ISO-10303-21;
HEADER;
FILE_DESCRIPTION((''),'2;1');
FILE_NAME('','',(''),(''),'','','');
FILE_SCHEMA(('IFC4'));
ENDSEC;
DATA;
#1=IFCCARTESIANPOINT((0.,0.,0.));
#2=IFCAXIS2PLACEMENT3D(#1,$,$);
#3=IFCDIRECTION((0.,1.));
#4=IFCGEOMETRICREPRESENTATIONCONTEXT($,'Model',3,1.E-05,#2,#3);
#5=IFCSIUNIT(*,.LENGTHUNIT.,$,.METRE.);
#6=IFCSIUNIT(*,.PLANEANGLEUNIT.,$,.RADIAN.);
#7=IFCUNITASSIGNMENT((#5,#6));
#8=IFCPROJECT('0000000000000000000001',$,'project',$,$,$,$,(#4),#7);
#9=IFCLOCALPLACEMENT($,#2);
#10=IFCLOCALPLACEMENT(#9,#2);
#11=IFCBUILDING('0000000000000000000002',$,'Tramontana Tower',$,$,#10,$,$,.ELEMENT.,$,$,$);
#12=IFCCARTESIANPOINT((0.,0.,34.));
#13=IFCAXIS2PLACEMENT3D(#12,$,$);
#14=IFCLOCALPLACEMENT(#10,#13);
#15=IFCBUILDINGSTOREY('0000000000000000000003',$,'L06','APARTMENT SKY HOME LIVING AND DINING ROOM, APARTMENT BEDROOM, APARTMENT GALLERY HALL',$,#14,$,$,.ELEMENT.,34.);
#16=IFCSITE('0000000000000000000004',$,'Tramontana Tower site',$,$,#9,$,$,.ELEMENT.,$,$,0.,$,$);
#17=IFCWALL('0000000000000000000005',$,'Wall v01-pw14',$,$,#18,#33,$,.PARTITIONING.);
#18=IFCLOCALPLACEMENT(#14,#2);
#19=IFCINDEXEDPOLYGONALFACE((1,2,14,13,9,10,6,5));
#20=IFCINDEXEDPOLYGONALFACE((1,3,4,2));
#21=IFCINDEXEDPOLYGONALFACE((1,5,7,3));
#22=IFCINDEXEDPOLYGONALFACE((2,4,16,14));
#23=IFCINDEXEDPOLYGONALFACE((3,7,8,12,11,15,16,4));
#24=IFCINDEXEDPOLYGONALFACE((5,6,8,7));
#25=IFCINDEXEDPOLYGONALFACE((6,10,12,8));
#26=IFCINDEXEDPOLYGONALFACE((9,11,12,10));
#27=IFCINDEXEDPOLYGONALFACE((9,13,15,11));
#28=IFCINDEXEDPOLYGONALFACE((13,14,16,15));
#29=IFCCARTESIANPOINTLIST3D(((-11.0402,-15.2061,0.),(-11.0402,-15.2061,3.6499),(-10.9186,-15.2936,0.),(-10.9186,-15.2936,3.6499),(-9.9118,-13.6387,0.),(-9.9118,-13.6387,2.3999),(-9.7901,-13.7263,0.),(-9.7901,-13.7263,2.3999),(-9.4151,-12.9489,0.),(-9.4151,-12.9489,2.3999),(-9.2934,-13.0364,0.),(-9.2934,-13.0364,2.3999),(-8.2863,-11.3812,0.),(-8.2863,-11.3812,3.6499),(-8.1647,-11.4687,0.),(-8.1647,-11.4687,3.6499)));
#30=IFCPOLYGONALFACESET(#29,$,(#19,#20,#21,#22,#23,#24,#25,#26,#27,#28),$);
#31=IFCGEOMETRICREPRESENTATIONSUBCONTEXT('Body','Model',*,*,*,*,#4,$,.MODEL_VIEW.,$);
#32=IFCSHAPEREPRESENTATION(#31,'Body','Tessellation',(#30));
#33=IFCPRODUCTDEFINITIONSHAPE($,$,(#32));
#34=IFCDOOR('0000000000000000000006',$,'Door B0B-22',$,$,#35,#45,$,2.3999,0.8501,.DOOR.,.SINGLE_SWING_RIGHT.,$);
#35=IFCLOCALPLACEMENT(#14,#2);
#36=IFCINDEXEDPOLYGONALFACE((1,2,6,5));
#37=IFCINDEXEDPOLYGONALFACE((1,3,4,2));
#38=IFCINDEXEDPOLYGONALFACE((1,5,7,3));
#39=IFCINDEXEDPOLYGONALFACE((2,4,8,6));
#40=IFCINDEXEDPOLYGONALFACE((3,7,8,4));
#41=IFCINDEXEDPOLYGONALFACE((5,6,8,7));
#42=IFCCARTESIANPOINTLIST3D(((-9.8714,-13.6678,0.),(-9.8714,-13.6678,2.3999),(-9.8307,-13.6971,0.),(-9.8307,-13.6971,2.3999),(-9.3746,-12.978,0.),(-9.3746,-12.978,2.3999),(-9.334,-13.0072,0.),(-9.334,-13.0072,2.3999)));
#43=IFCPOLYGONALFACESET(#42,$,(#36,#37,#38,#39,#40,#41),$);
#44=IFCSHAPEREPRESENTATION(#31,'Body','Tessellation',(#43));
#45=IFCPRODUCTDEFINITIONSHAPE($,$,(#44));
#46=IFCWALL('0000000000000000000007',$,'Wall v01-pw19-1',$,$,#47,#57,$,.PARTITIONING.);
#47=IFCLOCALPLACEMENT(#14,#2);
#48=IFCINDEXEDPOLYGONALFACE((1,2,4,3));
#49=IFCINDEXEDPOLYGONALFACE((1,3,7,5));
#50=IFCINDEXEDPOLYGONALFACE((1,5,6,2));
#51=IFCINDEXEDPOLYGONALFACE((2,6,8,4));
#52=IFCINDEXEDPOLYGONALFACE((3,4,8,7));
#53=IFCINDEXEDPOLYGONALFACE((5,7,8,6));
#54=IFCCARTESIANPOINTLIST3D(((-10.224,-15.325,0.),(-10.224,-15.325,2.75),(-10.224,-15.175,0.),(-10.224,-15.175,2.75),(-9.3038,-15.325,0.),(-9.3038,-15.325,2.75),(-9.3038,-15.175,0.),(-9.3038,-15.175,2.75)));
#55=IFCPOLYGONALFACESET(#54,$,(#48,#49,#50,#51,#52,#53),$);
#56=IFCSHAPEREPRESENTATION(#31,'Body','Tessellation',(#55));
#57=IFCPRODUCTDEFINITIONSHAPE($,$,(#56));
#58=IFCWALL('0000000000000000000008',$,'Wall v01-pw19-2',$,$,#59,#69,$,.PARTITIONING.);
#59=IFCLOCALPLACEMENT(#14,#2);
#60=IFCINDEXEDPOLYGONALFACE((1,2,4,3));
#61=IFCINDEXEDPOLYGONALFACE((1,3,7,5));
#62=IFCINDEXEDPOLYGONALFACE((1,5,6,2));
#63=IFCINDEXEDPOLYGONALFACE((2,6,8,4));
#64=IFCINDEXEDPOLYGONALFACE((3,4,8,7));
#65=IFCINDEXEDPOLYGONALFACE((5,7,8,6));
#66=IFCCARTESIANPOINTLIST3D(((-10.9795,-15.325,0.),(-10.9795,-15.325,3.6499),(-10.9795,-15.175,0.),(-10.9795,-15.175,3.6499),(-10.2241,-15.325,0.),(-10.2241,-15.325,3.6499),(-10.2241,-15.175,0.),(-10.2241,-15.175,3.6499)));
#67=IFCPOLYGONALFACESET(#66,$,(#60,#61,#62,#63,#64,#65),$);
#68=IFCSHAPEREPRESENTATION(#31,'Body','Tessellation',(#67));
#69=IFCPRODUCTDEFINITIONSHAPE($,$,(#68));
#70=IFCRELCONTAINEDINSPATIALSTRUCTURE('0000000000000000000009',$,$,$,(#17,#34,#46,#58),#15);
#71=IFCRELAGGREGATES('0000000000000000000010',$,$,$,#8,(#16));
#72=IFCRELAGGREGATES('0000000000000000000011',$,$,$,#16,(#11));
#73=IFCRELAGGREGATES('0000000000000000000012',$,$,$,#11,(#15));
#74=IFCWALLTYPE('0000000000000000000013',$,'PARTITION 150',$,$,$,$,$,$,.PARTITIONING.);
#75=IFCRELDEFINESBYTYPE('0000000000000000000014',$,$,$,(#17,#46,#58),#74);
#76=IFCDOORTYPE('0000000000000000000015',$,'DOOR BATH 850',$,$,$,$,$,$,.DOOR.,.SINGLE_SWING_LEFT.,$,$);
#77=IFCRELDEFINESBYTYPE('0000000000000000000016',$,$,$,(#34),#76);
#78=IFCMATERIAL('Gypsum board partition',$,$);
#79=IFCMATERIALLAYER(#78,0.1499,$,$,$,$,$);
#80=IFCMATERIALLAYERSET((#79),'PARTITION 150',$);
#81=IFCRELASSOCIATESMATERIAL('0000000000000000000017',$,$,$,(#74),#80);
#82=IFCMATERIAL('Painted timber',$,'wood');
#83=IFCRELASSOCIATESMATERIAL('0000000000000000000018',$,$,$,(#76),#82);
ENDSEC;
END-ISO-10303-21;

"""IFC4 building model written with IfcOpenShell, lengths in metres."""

from ifc_helpers import new_model, si_unit, direction, frame, frame_2d, origin, place, context, subcontext, project, spatial, rectangle, extrude, material, layer, layer_set, type_object, element, fill, save


model = new_model("IFC4")

# Units and contexts
model_context = context("Model", 3, precision=1e-05, world=origin(), true_north=direction((0.0, 1.0)))
body_context = subcontext(model_context, "Body", "Model", "MODEL_VIEW")
ifc_project = project(units=[si_unit("LENGTHUNIT", "METRE"), si_unit("PLANEANGLEUNIT", "RADIAN")], contexts=[model_context])

# Site, building, storey
site_placement = place(None, origin())
site = spatial("IfcSite", under=ifc_project, at=site_placement, Name="Tramontana Tower site", CompositionType="ELEMENT", RefElevation=0.0)
building_placement = place(site_placement, origin())
building = spatial("IfcBuilding", under=site, at=building_placement, Name="Tramontana Tower", CompositionType="ELEMENT")
storey_placement = place(building_placement, frame((0.0, 0.0, 34.0)))
storey = spatial("IfcBuildingStorey", under=building, at=storey_placement, Name="L06", Description="APARTMENT SKY HOME LIVING AND DINING ROOM, APARTMENT BEDROOM, APARTMENT GALLERY HALL", CompositionType="ELEMENT", Elevation=34.0)

# Shared definitions
ifc_material_1 = material(Name="Gypsum board partition")
ifc_layer_1 = layer(ifc_material_1, 0.1499)
ifc_layer_set_1 = layer_set([ifc_layer_1], Name="PARTITION 150")
wall_type_1 = type_object("IfcWallType", Name="PARTITION 150", PredefinedType="PARTITIONING", material=ifc_layer_set_1)

# Wall, opening, door
wall_1_placement = place(storey_placement, frame((-8.2256, -11.425, 0.0), z_axis=(0.0, 0.0, 1.0), x_axis=(-0.584297, -0.81154, 0.0)))
wall_1 = element("IfcWall", 1, at=wall_1_placement, inside=storey, type_object=wall_type_1, Name="Wall v01-pw14", PredefinedType="PARTITIONING", context=body_context, shape_type="SweptSolid", body=[
    extrude(rectangle(XDim=4.7131, YDim=0.1499, at=frame_2d((2.3564, 0.0))), origin(), (0.0, 0.0, 1.0), 3.6499),
])
opening_1_placement = place(wall_1_placement, frame((1.9316, 0.0, 0.0)))
opening_1 = element("IfcOpeningElement", 2, at=opening_1_placement, cuts=wall_1, PredefinedType="OPENING", context=body_context, shape_type="SweptSolid", body=[
    extrude(rectangle(XDim=0.8501, YDim=2.3999, at=frame_2d((0.425, 1.2))), frame((0.0, 0.085, 0.0), z_axis=(0.0, -1.0, 0.0), x_axis=(1.0, 0.0, 0.0)), (0.0, 0.0, 1.0), 0.1699),
])
ifc_material_2 = material(Name="Painted timber", Category="wood")
door_type_1 = type_object("IfcDoorType", Name="DOOR BATH 850", OperationType="SINGLE_SWING_LEFT", PredefinedType="DOOR", material=ifc_material_2)
door_1_placement = place(opening_1_placement, origin())
door_1 = element("IfcDoor", 3, at=door_1_placement, inside=storey, type_object=door_type_1, Name="Door B0B-22", OperationType="SINGLE_SWING_RIGHT", OverallHeight=2.3999, OverallWidth=0.8501, PredefinedType="DOOR", context=body_context, shape_type="SweptSolid", body=[
    extrude(rectangle(XDim=0.8501, YDim=2.3999, at=frame_2d((0.425, 1.2))), frame((0.0, 0.0249, 0.0), z_axis=(0.0, -1.0, 0.0), x_axis=(1.0, 0.0, 0.0)), (0.0, 0.0, 1.0), 0.05),
])
fill(opening_1, door_1)

# Walls
wall_2_placement = place(storey_placement, frame((-9.304, -15.25, 0.0), z_axis=(0.0, 0.0, 1.0), x_axis=(-1.0, 0.0, 0.0)))
element("IfcWall", 4, at=wall_2_placement, inside=storey, type_object=wall_type_1, Name="Wall v01-pw19-1", PredefinedType="PARTITIONING", context=body_context, shape_type="SweptSolid", body=[
    extrude(rectangle(XDim=0.9202, YDim=0.1499, at=frame_2d((0.46, 0.0))), origin(), (0.0, 0.0, 1.0), 2.75),
])
wall_3_placement = place(storey_placement, frame((-10.2241, -15.25, 0.0), z_axis=(0.0, 0.0, 1.0), x_axis=(-1.0, 0.0, 0.0)))
element("IfcWall", 5, at=wall_3_placement, inside=storey, type_object=wall_type_1, Name="Wall v01-pw19-2", PredefinedType="PARTITIONING", context=body_context, shape_type="SweptSolid", body=[
    extrude(rectangle(XDim=0.7554, YDim=0.1499, at=frame_2d((0.3777, 0.0))), origin(), (0.0, 0.0, 1.0), 3.6499),
])

save(model, "model.ifc")
